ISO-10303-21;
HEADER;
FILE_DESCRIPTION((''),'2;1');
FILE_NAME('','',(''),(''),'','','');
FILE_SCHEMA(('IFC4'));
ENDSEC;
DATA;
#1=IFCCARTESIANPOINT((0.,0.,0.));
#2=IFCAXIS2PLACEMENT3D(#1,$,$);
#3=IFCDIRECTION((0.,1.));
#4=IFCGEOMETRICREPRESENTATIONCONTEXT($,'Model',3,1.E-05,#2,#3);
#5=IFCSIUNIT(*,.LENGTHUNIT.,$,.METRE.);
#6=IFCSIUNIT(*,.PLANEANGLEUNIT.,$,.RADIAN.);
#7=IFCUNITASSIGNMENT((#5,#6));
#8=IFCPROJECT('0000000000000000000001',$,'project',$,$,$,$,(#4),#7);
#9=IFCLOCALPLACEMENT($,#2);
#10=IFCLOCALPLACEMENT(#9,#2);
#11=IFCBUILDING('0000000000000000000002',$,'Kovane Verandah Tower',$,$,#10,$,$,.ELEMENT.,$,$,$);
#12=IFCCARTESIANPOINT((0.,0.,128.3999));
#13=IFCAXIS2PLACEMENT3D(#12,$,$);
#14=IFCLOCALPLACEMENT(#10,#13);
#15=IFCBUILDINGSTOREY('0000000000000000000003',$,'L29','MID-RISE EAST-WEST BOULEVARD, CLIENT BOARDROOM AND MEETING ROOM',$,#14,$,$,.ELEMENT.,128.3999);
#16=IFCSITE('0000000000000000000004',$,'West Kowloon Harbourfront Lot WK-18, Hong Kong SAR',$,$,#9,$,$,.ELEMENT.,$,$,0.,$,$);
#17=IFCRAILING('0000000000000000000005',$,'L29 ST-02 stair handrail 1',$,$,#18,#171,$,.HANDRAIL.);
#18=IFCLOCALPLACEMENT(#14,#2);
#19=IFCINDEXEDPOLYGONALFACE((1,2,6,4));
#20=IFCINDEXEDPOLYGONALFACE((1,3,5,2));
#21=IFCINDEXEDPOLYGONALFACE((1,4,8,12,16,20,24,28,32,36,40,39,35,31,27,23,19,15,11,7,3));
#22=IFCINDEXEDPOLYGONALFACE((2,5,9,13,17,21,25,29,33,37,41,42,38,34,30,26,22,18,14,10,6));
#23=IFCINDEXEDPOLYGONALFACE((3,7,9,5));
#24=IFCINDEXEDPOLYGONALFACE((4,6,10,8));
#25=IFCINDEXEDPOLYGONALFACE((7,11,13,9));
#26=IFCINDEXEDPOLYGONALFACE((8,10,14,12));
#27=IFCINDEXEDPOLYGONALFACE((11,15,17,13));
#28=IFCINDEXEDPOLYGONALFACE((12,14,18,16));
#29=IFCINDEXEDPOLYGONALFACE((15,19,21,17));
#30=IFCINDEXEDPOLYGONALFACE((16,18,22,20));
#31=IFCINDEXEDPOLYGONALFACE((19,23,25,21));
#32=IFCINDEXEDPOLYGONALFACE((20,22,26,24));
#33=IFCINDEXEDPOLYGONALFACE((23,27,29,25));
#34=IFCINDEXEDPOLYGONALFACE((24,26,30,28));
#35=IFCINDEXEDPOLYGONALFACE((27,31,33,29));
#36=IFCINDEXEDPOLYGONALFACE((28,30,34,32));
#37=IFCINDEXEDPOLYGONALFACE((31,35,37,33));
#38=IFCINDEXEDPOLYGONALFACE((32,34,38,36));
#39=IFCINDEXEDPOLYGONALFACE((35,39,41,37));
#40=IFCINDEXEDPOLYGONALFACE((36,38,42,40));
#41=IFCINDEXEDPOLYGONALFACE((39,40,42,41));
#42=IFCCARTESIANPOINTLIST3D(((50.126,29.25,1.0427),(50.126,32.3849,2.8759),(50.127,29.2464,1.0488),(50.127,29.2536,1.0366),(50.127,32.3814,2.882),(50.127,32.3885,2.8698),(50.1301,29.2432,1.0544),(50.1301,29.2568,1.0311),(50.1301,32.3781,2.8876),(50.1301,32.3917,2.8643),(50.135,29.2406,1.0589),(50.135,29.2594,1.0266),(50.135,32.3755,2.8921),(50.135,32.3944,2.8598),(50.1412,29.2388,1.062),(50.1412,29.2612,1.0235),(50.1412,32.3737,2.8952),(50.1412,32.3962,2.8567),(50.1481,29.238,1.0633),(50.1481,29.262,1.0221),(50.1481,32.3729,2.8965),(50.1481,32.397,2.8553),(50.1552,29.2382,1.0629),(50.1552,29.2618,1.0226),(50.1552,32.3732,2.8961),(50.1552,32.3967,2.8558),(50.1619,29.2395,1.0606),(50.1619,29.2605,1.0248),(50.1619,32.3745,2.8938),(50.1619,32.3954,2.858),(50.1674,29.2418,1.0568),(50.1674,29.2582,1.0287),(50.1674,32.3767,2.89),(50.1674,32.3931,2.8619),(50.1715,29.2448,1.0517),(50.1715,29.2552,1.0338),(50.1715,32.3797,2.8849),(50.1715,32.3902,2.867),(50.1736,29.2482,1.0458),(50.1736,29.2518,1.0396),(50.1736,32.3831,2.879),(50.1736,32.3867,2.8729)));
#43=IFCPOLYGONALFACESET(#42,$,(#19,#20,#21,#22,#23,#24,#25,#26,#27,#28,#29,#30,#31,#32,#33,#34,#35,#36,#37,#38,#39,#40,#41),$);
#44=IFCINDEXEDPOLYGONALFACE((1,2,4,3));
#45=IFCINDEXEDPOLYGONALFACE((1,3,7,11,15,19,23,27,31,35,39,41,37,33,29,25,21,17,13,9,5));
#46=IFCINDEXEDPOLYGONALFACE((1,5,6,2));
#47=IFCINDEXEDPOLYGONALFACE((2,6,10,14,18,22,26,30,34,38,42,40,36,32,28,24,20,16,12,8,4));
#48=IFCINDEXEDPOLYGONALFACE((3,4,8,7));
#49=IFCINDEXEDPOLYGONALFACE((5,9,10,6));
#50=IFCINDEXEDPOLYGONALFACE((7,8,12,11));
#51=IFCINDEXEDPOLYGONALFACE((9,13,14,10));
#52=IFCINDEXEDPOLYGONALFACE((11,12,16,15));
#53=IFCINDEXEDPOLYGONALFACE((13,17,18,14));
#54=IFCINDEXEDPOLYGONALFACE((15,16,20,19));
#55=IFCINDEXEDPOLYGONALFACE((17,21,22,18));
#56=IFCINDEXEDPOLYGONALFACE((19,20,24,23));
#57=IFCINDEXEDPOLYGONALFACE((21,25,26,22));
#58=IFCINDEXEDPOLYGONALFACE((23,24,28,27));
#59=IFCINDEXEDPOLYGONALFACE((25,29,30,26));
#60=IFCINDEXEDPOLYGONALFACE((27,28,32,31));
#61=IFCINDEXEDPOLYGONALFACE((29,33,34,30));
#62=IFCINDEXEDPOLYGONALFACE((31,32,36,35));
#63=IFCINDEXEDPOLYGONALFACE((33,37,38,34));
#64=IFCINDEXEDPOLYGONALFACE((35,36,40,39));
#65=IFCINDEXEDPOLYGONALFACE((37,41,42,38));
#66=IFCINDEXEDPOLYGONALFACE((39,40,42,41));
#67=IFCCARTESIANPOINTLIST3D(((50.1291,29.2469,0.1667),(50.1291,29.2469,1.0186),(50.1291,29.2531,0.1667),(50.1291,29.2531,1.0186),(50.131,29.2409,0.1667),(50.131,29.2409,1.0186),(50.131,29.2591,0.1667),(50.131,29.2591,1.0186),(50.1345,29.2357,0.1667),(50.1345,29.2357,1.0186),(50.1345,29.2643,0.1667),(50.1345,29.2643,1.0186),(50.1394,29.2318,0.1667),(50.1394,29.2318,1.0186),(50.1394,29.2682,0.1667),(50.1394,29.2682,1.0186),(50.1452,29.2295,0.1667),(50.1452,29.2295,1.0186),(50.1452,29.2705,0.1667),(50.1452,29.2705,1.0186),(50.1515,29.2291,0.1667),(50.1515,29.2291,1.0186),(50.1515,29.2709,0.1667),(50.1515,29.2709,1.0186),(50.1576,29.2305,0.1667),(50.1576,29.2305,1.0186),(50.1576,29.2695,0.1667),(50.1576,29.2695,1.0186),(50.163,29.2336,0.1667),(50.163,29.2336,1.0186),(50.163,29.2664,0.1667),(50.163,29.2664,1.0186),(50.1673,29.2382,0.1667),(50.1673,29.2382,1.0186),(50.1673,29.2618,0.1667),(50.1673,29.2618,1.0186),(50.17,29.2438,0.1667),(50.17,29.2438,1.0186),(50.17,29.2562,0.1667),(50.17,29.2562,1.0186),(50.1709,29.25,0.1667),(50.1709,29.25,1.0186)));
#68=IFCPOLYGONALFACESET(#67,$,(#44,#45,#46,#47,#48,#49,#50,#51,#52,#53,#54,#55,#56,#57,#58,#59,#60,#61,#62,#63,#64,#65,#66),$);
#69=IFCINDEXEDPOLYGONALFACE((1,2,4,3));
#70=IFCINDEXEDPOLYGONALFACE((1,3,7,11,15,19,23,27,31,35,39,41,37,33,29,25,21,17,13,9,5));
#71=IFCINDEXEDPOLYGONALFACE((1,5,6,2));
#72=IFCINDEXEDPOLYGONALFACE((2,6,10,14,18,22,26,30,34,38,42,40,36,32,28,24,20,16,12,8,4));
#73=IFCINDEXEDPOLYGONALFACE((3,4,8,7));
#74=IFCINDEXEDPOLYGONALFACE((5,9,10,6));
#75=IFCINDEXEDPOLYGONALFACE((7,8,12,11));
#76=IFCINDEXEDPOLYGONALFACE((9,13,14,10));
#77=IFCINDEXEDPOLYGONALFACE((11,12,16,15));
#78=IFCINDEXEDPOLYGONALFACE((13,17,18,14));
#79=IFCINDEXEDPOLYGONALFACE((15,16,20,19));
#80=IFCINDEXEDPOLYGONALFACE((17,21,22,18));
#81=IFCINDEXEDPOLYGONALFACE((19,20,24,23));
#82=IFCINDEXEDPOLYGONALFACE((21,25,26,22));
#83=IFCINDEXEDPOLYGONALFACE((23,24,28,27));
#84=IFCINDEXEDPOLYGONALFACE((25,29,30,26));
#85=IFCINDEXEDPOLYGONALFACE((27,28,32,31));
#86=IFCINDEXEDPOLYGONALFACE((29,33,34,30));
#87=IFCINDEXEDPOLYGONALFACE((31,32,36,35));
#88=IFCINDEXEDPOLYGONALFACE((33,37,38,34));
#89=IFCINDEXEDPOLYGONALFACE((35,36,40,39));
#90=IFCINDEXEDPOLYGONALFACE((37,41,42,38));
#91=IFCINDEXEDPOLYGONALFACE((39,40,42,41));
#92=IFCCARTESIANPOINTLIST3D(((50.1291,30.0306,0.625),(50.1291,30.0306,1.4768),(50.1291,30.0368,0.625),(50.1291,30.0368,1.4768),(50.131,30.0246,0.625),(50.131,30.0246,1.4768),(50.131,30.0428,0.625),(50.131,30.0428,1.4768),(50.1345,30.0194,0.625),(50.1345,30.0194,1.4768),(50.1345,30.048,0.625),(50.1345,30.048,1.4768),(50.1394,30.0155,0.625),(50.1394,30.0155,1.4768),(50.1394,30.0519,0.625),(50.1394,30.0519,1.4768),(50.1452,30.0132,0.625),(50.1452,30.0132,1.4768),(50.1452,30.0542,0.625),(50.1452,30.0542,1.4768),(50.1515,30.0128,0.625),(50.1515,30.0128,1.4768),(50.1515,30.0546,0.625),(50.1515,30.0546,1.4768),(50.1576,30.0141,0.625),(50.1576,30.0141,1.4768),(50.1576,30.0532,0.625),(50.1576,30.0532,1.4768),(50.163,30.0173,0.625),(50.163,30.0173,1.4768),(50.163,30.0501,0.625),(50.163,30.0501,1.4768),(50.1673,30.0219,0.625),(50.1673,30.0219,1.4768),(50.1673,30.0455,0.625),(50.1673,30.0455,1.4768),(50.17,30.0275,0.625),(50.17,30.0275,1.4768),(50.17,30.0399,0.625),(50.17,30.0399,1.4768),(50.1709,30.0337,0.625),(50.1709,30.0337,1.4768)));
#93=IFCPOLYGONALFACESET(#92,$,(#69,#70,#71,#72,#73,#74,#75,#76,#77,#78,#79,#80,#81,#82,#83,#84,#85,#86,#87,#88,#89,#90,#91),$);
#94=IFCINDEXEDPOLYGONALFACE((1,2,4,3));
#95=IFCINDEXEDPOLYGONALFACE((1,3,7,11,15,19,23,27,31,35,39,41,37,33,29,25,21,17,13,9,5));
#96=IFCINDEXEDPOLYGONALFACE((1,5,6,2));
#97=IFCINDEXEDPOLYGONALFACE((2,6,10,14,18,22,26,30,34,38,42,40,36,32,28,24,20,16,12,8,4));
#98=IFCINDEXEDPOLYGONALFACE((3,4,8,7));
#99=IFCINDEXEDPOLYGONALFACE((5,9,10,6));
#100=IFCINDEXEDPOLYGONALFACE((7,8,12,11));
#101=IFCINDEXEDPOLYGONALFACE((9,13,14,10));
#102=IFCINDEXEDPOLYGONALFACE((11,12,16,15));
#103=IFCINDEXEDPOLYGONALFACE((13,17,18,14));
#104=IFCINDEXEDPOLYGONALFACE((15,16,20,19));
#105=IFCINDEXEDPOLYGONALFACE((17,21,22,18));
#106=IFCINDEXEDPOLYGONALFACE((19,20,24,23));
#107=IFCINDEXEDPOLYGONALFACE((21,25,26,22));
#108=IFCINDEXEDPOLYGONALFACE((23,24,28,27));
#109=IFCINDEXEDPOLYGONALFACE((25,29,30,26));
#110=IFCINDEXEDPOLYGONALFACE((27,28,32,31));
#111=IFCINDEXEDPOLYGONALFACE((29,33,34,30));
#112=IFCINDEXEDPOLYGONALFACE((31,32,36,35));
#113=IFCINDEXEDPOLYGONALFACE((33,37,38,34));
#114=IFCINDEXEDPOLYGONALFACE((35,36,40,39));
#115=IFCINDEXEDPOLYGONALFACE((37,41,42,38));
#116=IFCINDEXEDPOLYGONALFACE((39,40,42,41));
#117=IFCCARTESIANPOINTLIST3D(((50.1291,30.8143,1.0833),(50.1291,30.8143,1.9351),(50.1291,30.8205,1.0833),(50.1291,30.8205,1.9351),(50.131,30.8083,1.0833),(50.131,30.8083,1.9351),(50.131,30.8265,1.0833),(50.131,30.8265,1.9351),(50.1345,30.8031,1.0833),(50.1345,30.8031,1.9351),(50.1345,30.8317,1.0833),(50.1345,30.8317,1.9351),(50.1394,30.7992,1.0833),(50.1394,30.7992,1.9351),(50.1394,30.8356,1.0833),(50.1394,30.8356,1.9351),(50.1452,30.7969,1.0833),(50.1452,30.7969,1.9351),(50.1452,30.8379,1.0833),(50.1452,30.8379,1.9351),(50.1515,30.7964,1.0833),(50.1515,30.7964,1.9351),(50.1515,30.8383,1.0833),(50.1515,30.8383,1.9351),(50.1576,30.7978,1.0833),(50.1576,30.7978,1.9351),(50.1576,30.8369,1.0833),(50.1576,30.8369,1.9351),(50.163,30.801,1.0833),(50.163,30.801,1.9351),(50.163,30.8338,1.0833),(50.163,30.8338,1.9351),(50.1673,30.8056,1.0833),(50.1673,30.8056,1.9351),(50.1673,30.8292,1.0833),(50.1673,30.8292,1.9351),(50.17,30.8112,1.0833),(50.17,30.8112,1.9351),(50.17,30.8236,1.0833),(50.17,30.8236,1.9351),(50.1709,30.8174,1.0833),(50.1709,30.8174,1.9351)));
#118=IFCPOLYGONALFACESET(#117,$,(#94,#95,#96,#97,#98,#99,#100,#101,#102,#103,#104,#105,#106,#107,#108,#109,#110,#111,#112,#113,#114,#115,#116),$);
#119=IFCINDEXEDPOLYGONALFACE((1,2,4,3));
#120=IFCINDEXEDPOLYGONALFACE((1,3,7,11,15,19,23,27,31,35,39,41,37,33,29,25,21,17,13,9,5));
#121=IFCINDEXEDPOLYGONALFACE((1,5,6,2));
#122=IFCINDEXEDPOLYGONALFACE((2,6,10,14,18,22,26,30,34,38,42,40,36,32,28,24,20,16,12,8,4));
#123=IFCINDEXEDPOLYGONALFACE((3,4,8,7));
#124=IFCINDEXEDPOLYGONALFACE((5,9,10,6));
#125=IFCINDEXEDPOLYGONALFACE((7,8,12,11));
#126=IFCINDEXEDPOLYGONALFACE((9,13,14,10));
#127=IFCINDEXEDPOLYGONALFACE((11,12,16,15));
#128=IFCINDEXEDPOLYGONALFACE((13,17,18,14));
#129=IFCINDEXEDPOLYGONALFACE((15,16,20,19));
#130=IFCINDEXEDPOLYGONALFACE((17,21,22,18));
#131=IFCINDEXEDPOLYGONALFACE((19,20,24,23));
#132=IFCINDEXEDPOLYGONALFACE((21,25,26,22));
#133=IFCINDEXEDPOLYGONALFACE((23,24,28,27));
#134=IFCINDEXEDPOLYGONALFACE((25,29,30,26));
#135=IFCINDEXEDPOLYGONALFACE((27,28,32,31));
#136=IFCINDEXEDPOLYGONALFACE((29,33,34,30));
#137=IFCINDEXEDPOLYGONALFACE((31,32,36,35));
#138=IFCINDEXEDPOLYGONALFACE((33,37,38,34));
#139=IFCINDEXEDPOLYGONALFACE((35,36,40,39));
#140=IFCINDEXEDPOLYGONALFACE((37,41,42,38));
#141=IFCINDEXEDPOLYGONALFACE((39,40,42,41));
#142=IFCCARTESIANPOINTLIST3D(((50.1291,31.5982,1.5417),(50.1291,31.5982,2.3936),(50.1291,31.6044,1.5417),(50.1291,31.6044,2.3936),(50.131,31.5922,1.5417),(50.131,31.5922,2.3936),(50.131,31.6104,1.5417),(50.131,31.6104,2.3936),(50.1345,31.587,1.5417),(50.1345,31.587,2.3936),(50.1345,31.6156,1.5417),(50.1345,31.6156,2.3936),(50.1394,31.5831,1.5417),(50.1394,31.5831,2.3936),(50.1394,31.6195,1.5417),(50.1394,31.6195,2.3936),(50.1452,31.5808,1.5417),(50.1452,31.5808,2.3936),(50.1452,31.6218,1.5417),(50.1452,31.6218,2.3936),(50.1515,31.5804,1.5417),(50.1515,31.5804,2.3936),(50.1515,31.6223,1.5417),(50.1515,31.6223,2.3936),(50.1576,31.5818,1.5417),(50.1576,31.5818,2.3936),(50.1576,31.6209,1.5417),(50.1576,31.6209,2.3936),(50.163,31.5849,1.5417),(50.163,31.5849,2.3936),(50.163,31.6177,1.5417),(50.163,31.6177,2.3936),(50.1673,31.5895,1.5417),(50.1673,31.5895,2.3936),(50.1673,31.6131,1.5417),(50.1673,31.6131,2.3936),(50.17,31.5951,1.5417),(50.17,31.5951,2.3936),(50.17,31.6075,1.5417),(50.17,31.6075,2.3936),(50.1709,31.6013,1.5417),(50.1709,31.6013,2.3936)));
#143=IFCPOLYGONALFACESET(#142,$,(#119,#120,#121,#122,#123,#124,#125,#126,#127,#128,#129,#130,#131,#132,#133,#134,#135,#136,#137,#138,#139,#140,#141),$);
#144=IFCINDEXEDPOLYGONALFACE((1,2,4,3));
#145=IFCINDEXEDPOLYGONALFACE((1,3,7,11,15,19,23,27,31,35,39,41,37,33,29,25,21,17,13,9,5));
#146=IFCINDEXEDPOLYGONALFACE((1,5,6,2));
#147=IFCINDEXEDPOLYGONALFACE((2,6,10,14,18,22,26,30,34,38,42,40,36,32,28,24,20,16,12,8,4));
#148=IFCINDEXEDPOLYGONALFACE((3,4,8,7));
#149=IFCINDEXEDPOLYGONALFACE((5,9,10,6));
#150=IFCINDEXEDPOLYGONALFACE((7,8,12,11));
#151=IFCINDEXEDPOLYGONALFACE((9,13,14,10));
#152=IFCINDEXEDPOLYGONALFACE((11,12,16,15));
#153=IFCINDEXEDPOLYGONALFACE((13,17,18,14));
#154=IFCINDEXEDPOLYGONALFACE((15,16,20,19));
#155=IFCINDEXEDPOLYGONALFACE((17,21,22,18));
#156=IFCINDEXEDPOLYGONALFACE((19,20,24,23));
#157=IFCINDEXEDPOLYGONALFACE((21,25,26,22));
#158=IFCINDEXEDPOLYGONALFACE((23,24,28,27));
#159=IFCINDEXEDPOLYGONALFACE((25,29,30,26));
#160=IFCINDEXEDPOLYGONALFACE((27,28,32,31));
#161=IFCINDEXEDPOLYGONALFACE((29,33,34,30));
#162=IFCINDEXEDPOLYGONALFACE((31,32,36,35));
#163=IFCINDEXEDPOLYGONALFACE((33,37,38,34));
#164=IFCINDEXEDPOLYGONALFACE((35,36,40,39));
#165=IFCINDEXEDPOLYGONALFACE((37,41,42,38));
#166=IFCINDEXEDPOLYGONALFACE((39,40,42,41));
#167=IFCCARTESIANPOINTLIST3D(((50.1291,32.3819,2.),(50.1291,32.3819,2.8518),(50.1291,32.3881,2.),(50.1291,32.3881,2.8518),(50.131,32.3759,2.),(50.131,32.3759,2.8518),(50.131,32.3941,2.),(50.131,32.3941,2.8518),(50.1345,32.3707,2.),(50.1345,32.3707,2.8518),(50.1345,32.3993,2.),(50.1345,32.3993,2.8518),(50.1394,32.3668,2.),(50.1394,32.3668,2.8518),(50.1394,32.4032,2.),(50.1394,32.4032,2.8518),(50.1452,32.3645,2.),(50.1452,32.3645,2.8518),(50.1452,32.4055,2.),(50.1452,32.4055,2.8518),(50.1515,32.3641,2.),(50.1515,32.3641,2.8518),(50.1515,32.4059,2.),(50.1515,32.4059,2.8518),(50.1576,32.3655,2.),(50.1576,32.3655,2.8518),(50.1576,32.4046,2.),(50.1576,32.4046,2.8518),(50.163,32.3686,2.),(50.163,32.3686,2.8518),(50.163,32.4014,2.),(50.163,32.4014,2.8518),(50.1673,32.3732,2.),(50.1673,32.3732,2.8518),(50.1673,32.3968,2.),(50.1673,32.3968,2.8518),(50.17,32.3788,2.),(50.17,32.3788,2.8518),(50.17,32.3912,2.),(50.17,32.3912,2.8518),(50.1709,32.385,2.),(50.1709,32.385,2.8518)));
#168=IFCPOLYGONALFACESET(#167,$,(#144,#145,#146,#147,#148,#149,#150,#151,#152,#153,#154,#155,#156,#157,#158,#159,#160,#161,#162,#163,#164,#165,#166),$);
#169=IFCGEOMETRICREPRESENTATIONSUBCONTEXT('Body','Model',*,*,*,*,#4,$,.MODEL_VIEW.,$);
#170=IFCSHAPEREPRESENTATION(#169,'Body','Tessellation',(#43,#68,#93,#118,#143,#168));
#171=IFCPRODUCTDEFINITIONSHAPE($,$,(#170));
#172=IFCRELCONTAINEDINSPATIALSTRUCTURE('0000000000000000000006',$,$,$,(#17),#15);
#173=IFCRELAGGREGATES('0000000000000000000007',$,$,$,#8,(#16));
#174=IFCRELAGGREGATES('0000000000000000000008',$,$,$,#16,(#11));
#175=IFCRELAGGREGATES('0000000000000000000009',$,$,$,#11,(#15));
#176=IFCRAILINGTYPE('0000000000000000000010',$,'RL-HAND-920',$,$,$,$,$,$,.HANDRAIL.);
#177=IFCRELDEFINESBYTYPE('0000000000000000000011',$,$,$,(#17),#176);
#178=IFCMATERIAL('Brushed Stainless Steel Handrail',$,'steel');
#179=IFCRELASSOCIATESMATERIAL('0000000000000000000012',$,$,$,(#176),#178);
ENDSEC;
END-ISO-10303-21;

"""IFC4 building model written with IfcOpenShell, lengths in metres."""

from ifc_helpers import new_model, si_unit, direction, frame, origin, origin_2d, place, context, subcontext, project, spatial, circle, extrude, material, type_object, element, save


model = new_model("IFC4")

# Units and contexts
model_context = context("Model", 3, precision=1e-05, world=origin(), true_north=direction((0.0, 1.0)))
body_context = subcontext(model_context, "Body", "Model", "MODEL_VIEW")
ifc_project = project(units=[si_unit("LENGTHUNIT", "METRE"), si_unit("PLANEANGLEUNIT", "RADIAN")], contexts=[model_context])

# Site, building, storey
site_placement = place(None, origin())
site = spatial("IfcSite", under=ifc_project, at=site_placement, Name="West Kowloon Harbourfront Lot WK-18, Hong Kong SAR", CompositionType="ELEMENT", RefElevation=0.0)
building_placement = place(site_placement, origin())
building = spatial("IfcBuilding", under=site, at=building_placement, Name="Kovane Verandah Tower", CompositionType="ELEMENT")
storey_placement = place(building_placement, frame((0.0, 0.0, 128.3999)))
storey = spatial("IfcBuildingStorey", under=building, at=storey_placement, Name="L29", Description="MID-RISE EAST-WEST BOULEVARD, CLIENT BOARDROOM AND MEETING ROOM", CompositionType="ELEMENT", Elevation=128.3999)

# Railing
ifc_material_1 = material(Name="Brushed Stainless Steel Handrail", Category="steel")
railing_type_1 = type_object("IfcRailingType", Name="RL-HAND-920", PredefinedType="HANDRAIL", material=ifc_material_1)
railing_1_placement = place(storey_placement, frame((50.1499, 29.25, 0.1667)))
element("IfcRailing", 1, at=railing_1_placement, inside=storey, type_object=railing_type_1, Name="L29 ST-02 stair handrail 1", PredefinedType="HANDRAIL", context=body_context, shape_type="SweptSolid", body=[
    extrude(circle(Radius=0.0239, at=origin_2d()), frame((0.0, 0.0, 0.876), z_axis=(0.0, 0.86324, 0.504794), x_axis=(-1.0, 0.0, 0.0)), (0.0, 0.0, 1.0), 3.6316),
    extrude(circle(Radius=0.021, at=origin_2d()), origin(), (0.0, 0.0, 1.0), 0.8518),
    extrude(circle(Radius=0.021, at=origin_2d()), frame((0.0, 0.7837, 0.4583)), (0.0, 0.0, 1.0), 0.8518),
    extrude(circle(Radius=0.021, at=origin_2d()), frame((0.0, 1.5674, 0.9165)), (0.0, 0.0, 1.0), 0.8518),
    extrude(circle(Radius=0.021, at=origin_2d()), frame((0.0, 2.3513, 1.375)), (0.0, 0.0, 1.0), 0.8518),
    extrude(circle(Radius=0.021, at=origin_2d()), frame((0.0, 3.135, 1.8333)), (0.0, 0.0, 1.0), 0.8518),
])

save(model, "model.ifc")
